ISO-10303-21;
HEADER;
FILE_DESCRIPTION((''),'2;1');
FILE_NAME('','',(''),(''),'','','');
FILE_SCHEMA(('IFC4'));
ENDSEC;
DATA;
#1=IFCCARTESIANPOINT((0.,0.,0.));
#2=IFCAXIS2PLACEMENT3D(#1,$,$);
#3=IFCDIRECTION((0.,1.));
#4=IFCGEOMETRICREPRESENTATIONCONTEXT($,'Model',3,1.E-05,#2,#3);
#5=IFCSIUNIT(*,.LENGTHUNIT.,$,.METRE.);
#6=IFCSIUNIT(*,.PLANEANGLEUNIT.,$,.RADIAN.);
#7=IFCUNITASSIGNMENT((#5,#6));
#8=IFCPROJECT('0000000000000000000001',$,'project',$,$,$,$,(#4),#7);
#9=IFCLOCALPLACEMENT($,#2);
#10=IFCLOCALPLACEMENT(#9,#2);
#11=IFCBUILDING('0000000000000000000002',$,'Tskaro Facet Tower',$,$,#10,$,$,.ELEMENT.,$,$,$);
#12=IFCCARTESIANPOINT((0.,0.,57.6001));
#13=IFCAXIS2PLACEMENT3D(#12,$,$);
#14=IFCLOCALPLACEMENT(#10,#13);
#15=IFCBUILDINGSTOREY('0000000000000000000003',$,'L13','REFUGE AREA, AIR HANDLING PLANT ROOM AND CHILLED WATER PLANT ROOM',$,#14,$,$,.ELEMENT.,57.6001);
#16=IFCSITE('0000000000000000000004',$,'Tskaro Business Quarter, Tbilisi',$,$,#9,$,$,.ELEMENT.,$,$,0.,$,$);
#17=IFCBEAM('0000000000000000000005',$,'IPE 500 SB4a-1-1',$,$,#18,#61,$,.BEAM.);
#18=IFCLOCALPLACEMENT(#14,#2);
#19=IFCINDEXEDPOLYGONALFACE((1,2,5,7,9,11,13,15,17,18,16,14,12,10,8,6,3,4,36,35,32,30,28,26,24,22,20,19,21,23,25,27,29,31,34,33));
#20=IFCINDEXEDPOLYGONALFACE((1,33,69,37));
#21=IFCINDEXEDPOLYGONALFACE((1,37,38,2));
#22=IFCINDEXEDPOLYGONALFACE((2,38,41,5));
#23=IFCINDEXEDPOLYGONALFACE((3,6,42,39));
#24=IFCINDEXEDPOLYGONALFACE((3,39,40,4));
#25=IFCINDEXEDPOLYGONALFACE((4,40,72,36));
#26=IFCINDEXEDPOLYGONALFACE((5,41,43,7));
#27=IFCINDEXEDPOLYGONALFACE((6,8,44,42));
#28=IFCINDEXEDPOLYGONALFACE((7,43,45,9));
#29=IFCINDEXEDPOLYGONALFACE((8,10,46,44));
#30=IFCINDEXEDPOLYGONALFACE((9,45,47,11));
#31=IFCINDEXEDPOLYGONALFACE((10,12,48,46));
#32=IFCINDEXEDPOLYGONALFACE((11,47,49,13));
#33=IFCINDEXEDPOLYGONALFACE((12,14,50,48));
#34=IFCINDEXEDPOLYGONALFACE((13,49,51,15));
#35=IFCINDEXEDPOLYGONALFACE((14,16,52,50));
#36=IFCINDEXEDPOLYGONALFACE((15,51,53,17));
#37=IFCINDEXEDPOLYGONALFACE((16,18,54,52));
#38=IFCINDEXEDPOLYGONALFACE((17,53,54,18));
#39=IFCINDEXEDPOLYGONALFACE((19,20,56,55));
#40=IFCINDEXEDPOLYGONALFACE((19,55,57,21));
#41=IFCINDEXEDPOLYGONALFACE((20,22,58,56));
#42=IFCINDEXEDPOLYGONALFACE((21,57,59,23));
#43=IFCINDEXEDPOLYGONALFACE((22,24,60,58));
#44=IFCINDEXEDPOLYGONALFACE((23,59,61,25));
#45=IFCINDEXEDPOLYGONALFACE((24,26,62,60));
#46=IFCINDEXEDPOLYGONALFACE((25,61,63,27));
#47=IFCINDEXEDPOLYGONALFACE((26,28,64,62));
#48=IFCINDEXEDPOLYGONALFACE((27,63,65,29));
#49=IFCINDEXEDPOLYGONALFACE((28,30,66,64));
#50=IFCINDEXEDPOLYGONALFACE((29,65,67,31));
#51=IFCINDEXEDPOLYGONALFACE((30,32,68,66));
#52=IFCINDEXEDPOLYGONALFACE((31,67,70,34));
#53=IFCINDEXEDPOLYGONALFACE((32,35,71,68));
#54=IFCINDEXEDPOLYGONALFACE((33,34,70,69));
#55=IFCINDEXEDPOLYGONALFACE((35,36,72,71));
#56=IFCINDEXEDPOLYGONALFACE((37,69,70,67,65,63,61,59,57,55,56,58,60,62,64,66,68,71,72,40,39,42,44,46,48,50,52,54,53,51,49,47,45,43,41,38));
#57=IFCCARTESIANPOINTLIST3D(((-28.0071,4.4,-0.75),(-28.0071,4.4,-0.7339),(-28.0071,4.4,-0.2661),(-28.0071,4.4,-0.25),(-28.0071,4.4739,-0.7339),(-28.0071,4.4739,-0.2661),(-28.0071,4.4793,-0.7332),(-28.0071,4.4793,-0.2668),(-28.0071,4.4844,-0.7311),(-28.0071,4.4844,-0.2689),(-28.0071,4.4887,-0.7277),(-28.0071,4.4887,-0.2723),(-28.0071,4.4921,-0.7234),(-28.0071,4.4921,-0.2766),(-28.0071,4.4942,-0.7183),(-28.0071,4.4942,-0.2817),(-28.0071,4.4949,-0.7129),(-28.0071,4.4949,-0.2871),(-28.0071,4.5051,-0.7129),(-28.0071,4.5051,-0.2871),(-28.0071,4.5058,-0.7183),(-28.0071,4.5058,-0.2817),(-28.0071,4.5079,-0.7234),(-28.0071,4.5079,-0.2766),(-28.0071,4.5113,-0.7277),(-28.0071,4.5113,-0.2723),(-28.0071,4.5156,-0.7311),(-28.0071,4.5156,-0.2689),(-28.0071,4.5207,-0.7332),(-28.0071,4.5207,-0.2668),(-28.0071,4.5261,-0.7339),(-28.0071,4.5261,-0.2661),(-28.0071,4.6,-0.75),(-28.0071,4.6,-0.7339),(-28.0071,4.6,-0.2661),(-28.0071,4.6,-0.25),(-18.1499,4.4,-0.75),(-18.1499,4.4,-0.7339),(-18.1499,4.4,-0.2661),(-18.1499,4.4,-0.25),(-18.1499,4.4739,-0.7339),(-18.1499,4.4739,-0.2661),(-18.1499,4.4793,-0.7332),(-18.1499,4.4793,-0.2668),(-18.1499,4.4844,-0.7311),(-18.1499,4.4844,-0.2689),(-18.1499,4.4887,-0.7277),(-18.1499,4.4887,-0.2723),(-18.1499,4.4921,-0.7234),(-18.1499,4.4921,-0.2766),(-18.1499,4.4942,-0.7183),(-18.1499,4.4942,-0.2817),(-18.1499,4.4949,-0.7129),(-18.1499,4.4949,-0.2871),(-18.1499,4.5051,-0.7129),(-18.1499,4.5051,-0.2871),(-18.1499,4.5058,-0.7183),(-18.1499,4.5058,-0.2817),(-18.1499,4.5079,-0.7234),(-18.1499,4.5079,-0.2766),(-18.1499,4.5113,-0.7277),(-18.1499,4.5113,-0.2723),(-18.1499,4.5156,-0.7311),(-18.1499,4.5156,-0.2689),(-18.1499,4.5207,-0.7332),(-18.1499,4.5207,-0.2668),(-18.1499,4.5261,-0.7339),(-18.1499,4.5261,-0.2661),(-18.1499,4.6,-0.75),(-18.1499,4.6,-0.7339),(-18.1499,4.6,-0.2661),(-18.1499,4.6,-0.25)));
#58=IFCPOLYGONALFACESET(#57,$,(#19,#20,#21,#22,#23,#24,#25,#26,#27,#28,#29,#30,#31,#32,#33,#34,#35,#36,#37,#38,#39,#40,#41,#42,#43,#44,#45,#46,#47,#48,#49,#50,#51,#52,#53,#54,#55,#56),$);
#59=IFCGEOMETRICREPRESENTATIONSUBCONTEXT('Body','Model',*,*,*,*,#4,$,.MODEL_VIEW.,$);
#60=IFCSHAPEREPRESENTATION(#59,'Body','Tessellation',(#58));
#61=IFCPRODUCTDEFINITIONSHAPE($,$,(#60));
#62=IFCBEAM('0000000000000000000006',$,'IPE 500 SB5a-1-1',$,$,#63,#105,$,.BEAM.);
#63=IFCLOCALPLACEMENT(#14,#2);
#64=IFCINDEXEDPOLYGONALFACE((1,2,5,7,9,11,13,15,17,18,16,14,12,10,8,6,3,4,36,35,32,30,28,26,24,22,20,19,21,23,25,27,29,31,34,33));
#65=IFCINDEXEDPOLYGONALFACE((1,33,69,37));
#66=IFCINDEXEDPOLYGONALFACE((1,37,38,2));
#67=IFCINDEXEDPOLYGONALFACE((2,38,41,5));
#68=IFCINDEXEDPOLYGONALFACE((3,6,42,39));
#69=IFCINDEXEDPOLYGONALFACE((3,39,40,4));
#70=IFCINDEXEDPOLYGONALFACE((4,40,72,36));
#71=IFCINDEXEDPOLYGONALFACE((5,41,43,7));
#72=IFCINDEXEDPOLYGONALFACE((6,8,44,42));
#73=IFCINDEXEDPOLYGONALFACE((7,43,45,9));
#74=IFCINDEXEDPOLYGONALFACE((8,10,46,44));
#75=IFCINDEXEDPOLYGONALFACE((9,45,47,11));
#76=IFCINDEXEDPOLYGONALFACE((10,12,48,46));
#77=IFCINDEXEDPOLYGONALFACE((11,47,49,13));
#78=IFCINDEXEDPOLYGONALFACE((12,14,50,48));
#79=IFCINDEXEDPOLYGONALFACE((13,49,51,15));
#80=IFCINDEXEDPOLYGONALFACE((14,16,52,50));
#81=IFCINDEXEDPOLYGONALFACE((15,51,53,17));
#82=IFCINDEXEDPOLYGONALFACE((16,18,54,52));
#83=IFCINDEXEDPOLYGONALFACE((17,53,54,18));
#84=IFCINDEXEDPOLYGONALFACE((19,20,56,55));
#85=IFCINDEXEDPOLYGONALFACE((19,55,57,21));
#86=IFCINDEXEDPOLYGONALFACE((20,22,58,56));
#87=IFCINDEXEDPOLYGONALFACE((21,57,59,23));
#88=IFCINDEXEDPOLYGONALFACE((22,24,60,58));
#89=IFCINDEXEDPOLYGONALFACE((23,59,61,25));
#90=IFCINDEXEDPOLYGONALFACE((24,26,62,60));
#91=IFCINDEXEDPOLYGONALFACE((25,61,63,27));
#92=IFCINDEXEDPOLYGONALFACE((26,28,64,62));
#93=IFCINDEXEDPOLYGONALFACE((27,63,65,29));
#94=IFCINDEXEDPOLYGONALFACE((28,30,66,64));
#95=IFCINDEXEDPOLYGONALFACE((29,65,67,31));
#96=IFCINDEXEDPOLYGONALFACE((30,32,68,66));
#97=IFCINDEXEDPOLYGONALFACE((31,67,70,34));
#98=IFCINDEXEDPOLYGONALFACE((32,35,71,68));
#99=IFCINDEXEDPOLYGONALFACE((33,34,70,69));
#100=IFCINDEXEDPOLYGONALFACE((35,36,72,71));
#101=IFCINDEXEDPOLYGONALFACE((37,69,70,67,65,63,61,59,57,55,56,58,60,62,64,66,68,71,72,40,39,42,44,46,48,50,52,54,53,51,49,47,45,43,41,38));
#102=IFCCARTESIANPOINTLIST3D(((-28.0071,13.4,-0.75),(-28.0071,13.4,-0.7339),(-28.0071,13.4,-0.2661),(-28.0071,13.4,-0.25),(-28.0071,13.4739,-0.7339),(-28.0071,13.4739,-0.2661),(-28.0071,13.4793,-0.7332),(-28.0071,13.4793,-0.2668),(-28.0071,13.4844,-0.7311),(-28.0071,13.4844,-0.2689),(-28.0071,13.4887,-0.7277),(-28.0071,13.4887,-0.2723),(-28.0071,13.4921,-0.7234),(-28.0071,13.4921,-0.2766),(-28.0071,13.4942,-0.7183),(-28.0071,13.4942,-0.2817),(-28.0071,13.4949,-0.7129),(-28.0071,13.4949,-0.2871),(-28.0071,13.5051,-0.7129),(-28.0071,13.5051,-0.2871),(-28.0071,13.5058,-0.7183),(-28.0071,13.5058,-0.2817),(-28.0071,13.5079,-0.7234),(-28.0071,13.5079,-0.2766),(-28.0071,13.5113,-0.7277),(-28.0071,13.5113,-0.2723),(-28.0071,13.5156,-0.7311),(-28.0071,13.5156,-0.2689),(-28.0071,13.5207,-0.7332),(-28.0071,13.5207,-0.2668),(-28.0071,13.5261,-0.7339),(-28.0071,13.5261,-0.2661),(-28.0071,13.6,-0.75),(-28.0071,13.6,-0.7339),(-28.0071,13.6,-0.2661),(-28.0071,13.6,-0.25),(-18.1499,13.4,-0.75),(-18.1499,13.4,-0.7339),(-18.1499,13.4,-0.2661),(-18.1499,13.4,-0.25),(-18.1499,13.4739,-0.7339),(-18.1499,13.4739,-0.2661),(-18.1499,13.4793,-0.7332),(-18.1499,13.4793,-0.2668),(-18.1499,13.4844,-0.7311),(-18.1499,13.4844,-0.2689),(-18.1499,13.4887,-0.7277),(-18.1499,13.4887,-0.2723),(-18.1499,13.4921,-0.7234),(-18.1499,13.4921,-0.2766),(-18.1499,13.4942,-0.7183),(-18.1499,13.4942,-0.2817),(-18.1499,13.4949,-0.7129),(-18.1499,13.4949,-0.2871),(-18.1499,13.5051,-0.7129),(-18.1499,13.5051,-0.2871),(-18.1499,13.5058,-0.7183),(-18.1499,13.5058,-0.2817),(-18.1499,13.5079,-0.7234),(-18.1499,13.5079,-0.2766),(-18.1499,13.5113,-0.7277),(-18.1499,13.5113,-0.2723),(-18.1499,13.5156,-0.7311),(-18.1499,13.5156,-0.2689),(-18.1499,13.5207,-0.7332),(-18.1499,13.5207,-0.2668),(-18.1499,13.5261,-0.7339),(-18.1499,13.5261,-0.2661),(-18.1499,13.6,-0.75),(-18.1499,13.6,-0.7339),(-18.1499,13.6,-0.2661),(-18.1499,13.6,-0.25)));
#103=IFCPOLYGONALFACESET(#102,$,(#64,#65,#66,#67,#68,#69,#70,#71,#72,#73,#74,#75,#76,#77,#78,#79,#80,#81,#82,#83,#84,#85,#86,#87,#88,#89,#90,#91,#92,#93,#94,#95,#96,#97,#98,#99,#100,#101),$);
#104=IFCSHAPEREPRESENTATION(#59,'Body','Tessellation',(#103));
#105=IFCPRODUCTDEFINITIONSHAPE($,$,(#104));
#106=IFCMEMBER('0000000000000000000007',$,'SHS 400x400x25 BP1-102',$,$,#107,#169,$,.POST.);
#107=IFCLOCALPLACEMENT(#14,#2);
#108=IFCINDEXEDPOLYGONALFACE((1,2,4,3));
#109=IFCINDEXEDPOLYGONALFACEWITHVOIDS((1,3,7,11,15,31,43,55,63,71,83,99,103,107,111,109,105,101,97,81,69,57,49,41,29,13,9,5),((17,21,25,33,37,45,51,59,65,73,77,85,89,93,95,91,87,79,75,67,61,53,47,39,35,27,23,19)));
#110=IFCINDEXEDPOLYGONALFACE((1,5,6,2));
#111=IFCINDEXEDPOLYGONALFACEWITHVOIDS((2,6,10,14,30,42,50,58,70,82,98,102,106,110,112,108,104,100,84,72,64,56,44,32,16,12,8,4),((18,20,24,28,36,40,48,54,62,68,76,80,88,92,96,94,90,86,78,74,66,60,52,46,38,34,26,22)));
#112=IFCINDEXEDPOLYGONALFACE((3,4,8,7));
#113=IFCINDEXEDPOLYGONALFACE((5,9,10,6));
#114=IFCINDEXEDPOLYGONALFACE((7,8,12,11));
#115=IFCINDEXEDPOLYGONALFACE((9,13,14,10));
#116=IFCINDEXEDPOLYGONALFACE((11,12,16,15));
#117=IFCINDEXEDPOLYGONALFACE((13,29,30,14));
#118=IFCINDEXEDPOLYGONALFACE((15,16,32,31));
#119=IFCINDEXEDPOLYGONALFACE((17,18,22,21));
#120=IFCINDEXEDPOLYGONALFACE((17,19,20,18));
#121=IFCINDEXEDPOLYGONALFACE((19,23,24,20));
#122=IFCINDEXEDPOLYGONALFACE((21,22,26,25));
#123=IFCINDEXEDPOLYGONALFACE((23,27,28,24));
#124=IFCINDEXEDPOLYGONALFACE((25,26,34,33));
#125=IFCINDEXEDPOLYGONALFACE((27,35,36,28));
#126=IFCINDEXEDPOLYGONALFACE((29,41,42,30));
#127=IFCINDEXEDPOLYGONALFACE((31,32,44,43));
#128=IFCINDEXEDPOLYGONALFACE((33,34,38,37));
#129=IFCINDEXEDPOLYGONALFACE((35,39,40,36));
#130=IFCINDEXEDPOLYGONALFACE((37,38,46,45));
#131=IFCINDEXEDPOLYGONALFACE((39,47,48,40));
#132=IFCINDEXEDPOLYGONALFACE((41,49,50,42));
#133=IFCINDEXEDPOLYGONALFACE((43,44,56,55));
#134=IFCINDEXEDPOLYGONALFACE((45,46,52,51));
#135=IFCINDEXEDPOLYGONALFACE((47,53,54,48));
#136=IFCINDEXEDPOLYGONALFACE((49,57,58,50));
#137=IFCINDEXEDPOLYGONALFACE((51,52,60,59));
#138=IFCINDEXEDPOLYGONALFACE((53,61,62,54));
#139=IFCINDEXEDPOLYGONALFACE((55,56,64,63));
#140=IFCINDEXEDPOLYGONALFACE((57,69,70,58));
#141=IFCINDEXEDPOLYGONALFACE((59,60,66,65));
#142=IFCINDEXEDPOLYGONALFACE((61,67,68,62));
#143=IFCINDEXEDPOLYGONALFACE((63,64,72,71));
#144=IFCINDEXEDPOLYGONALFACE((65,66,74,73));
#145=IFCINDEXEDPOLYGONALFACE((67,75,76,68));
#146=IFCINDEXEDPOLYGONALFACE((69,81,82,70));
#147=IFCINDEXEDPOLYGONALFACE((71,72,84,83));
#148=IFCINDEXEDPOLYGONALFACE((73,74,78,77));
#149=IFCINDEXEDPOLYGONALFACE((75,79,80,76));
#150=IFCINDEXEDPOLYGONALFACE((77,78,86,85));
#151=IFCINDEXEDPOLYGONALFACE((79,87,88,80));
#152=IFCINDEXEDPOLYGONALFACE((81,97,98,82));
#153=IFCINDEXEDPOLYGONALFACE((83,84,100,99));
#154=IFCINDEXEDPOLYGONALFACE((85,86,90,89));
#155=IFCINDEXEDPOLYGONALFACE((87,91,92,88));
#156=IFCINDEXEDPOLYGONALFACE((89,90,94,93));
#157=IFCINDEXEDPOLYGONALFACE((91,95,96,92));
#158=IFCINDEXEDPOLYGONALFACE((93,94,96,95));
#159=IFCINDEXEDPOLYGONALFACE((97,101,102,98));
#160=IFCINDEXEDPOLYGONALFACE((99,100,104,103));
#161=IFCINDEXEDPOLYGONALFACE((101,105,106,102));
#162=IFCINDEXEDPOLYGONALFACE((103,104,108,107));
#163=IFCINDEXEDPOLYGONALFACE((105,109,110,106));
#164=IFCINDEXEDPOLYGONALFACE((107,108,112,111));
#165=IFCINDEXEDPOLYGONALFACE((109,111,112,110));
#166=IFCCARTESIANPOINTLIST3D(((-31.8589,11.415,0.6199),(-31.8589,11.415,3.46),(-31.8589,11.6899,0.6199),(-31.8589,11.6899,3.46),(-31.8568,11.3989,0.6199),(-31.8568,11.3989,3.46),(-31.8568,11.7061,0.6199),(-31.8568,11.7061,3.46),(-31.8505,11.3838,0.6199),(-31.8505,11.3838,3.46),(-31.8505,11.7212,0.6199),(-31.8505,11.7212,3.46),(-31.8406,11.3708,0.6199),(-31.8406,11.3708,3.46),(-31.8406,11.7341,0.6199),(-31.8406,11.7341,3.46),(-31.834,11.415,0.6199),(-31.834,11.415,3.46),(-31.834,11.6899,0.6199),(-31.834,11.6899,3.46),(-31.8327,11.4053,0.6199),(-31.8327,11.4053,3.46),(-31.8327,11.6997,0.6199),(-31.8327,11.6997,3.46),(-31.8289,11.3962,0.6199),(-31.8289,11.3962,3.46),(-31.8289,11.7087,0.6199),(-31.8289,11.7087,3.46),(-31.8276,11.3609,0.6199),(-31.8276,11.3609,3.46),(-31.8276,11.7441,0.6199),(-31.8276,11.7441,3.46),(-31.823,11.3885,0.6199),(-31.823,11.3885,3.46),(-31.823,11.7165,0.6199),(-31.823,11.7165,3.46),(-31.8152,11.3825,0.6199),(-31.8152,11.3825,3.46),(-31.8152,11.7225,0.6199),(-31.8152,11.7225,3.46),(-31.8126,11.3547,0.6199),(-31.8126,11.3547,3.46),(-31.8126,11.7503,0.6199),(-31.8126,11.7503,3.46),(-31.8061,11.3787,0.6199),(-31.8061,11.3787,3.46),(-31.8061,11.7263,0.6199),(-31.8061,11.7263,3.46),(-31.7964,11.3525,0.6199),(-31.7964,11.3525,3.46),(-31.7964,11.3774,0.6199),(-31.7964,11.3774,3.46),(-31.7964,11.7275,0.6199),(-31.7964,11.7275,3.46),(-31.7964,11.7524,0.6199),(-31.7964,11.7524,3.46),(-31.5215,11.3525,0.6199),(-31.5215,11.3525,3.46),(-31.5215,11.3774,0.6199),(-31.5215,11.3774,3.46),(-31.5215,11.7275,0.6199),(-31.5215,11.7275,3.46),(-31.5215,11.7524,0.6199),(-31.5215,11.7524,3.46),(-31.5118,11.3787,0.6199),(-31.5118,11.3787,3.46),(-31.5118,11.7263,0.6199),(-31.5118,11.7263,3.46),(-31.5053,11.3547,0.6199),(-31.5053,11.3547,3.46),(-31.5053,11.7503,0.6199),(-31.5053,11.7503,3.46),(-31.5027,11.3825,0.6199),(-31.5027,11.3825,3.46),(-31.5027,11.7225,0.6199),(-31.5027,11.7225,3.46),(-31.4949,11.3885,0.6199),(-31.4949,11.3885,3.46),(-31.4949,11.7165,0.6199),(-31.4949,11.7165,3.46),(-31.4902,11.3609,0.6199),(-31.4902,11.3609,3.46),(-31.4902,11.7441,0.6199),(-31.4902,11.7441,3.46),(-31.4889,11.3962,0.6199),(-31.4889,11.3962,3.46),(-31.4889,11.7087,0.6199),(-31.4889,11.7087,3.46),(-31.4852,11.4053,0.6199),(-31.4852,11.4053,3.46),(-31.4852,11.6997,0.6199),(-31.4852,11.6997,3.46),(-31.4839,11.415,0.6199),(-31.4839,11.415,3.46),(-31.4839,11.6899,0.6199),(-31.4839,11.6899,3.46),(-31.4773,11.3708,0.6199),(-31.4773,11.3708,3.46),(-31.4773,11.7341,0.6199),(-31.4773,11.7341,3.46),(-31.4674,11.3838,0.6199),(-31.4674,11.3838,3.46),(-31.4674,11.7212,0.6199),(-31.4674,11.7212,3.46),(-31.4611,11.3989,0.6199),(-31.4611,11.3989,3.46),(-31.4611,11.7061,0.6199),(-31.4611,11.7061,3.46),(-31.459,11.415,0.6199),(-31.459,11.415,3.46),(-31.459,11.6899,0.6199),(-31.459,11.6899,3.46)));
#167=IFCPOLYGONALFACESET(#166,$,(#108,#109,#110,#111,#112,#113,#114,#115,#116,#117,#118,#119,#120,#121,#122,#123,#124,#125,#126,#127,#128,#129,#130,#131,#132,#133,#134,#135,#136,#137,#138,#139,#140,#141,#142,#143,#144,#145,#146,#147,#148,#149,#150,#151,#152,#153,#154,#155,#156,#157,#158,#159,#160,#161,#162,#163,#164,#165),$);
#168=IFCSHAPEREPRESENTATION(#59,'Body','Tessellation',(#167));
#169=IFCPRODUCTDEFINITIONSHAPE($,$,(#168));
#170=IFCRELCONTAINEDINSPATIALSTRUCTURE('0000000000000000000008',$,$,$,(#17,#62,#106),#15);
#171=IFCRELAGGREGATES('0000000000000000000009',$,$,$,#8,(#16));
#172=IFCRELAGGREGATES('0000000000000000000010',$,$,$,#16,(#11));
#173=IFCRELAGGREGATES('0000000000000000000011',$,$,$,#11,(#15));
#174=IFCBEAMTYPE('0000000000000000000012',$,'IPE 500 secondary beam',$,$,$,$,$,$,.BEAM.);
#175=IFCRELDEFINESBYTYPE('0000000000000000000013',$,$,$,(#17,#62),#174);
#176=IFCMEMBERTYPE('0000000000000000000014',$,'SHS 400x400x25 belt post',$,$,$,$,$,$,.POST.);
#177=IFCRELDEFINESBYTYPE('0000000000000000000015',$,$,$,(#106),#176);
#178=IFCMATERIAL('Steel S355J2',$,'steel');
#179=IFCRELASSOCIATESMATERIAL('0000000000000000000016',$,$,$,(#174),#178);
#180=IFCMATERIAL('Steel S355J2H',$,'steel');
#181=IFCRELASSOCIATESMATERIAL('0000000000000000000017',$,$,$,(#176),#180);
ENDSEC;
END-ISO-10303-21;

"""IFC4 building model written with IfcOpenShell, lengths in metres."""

from ifc_helpers import new_model, si_unit, direction, frame, origin, origin_2d, place, context, subcontext, project, spatial, hollow_rectangle, i_section, extrude, material, material_profile, profile_set, type_object, element, save


model = new_model("IFC4")

# Units and contexts
model_context = context("Model", 3, precision=1e-05, world=origin(), true_north=direction((0.0, 1.0)))
body_context = subcontext(model_context, "Body", "Model", "MODEL_VIEW")
ifc_project = project(units=[si_unit("LENGTHUNIT", "METRE"), si_unit("PLANEANGLEUNIT", "RADIAN")], contexts=[model_context])

# Site, building, storey
site_placement = place(None, origin())
site = spatial("IfcSite", under=ifc_project, at=site_placement, Name="Tskaro Business Quarter, Tbilisi", CompositionType="ELEMENT", RefElevation=0.0)
building_placement = place(site_placement, origin())
building = spatial("IfcBuilding", under=site, at=building_placement, Name="Tskaro Facet Tower", CompositionType="ELEMENT")
storey_placement = place(building_placement, frame((0.0, 0.0, 57.6001)))
storey = spatial("IfcBuildingStorey", under=building, at=storey_placement, Name="L13", Description="REFUGE AREA, AIR HANDLING PLANT ROOM AND CHILLED WATER PLANT ROOM", CompositionType="ELEMENT", Elevation=57.6001)

# Shared definitions
ifc_material_1 = material(Name="Steel S355J2H", Category="steel")

# Shared definitions
ifc_material_2 = material(Name="Steel S355J2", Category="steel")

# Beams
ifc_material_profile_1 = material_profile(ifc_material_2, i_section(OverallWidth=0.2, OverallDepth=0.5, WebThickness=0.0103, FlangeThickness=0.0161, FilletRadius=0.021, at=origin_2d()), Name="IPE 500")
ifc_profile_set_1 = profile_set([ifc_material_profile_1], Name="Steel S355J2")
beam_type_1 = type_object("IfcBeamType", Name="IPE 500 secondary beam", PredefinedType="BEAM", material=ifc_profile_set_1)
for number, where, z_axis, x_axis, name in (
    (1, (-28.0071, 4.5, -0.5), (1.0, 0.0, 0.0), (0.0, 1.0, 0.0), "IPE 500 SB4a-1-1"),
    (2, (-28.0071, 13.5, -0.5), (1.0, 0.0, 0.0), (0.0, 1.0, 0.0), "IPE 500 SB5a-1-1"),
):
    element("IfcBeam", number, at=place(storey_placement, frame(where, z_axis=z_axis, x_axis=x_axis)), inside=storey, type_object=beam_type_1, Name=name, PredefinedType="BEAM", context=body_context, shape_type="SweptSolid", body=[
        extrude(i_section(OverallWidth=0.2, OverallDepth=0.5, WebThickness=0.0103, FlangeThickness=0.0161, FilletRadius=0.021, at=origin_2d()), origin(), (0.0, 0.0, 1.0), 9.8572),
    ])

# Member
ifc_material_profile_2 = material_profile(ifc_material_1, hollow_rectangle(XDim=0.3999, YDim=0.3999, WallThickness=0.0249, InnerFilletRadius=0.0376, OuterFilletRadius=0.0625, at=origin_2d()), Name="SHS 400x400x25")
ifc_profile_set_2 = profile_set([ifc_material_profile_2], Name="Steel S355J2H")
member_type_1 = type_object("IfcMemberType", Name="SHS 400x400x25 belt post", PredefinedType="POST", material=ifc_profile_set_2)
for number, where, z_axis, x_axis, name in (
    (3, (-31.6589, 11.5525, 0.6199), (0.0, 0.0, 1.0), (1.0, 0.0, 0.0), "SHS 400x400x25 BP1-102"),
):
    element("IfcMember", number, at=place(storey_placement, frame(where, z_axis=z_axis, x_axis=x_axis)), inside=storey, type_object=member_type_1, Name=name, PredefinedType="POST", context=body_context, shape_type="SweptSolid", body=[
        extrude(hollow_rectangle(XDim=0.3999, YDim=0.3999, WallThickness=0.0249, InnerFilletRadius=0.0376, OuterFilletRadius=0.0625, at=origin_2d()), origin(), (0.0, 0.0, 1.0), 2.8401),
    ])

save(model, "model.ifc")
